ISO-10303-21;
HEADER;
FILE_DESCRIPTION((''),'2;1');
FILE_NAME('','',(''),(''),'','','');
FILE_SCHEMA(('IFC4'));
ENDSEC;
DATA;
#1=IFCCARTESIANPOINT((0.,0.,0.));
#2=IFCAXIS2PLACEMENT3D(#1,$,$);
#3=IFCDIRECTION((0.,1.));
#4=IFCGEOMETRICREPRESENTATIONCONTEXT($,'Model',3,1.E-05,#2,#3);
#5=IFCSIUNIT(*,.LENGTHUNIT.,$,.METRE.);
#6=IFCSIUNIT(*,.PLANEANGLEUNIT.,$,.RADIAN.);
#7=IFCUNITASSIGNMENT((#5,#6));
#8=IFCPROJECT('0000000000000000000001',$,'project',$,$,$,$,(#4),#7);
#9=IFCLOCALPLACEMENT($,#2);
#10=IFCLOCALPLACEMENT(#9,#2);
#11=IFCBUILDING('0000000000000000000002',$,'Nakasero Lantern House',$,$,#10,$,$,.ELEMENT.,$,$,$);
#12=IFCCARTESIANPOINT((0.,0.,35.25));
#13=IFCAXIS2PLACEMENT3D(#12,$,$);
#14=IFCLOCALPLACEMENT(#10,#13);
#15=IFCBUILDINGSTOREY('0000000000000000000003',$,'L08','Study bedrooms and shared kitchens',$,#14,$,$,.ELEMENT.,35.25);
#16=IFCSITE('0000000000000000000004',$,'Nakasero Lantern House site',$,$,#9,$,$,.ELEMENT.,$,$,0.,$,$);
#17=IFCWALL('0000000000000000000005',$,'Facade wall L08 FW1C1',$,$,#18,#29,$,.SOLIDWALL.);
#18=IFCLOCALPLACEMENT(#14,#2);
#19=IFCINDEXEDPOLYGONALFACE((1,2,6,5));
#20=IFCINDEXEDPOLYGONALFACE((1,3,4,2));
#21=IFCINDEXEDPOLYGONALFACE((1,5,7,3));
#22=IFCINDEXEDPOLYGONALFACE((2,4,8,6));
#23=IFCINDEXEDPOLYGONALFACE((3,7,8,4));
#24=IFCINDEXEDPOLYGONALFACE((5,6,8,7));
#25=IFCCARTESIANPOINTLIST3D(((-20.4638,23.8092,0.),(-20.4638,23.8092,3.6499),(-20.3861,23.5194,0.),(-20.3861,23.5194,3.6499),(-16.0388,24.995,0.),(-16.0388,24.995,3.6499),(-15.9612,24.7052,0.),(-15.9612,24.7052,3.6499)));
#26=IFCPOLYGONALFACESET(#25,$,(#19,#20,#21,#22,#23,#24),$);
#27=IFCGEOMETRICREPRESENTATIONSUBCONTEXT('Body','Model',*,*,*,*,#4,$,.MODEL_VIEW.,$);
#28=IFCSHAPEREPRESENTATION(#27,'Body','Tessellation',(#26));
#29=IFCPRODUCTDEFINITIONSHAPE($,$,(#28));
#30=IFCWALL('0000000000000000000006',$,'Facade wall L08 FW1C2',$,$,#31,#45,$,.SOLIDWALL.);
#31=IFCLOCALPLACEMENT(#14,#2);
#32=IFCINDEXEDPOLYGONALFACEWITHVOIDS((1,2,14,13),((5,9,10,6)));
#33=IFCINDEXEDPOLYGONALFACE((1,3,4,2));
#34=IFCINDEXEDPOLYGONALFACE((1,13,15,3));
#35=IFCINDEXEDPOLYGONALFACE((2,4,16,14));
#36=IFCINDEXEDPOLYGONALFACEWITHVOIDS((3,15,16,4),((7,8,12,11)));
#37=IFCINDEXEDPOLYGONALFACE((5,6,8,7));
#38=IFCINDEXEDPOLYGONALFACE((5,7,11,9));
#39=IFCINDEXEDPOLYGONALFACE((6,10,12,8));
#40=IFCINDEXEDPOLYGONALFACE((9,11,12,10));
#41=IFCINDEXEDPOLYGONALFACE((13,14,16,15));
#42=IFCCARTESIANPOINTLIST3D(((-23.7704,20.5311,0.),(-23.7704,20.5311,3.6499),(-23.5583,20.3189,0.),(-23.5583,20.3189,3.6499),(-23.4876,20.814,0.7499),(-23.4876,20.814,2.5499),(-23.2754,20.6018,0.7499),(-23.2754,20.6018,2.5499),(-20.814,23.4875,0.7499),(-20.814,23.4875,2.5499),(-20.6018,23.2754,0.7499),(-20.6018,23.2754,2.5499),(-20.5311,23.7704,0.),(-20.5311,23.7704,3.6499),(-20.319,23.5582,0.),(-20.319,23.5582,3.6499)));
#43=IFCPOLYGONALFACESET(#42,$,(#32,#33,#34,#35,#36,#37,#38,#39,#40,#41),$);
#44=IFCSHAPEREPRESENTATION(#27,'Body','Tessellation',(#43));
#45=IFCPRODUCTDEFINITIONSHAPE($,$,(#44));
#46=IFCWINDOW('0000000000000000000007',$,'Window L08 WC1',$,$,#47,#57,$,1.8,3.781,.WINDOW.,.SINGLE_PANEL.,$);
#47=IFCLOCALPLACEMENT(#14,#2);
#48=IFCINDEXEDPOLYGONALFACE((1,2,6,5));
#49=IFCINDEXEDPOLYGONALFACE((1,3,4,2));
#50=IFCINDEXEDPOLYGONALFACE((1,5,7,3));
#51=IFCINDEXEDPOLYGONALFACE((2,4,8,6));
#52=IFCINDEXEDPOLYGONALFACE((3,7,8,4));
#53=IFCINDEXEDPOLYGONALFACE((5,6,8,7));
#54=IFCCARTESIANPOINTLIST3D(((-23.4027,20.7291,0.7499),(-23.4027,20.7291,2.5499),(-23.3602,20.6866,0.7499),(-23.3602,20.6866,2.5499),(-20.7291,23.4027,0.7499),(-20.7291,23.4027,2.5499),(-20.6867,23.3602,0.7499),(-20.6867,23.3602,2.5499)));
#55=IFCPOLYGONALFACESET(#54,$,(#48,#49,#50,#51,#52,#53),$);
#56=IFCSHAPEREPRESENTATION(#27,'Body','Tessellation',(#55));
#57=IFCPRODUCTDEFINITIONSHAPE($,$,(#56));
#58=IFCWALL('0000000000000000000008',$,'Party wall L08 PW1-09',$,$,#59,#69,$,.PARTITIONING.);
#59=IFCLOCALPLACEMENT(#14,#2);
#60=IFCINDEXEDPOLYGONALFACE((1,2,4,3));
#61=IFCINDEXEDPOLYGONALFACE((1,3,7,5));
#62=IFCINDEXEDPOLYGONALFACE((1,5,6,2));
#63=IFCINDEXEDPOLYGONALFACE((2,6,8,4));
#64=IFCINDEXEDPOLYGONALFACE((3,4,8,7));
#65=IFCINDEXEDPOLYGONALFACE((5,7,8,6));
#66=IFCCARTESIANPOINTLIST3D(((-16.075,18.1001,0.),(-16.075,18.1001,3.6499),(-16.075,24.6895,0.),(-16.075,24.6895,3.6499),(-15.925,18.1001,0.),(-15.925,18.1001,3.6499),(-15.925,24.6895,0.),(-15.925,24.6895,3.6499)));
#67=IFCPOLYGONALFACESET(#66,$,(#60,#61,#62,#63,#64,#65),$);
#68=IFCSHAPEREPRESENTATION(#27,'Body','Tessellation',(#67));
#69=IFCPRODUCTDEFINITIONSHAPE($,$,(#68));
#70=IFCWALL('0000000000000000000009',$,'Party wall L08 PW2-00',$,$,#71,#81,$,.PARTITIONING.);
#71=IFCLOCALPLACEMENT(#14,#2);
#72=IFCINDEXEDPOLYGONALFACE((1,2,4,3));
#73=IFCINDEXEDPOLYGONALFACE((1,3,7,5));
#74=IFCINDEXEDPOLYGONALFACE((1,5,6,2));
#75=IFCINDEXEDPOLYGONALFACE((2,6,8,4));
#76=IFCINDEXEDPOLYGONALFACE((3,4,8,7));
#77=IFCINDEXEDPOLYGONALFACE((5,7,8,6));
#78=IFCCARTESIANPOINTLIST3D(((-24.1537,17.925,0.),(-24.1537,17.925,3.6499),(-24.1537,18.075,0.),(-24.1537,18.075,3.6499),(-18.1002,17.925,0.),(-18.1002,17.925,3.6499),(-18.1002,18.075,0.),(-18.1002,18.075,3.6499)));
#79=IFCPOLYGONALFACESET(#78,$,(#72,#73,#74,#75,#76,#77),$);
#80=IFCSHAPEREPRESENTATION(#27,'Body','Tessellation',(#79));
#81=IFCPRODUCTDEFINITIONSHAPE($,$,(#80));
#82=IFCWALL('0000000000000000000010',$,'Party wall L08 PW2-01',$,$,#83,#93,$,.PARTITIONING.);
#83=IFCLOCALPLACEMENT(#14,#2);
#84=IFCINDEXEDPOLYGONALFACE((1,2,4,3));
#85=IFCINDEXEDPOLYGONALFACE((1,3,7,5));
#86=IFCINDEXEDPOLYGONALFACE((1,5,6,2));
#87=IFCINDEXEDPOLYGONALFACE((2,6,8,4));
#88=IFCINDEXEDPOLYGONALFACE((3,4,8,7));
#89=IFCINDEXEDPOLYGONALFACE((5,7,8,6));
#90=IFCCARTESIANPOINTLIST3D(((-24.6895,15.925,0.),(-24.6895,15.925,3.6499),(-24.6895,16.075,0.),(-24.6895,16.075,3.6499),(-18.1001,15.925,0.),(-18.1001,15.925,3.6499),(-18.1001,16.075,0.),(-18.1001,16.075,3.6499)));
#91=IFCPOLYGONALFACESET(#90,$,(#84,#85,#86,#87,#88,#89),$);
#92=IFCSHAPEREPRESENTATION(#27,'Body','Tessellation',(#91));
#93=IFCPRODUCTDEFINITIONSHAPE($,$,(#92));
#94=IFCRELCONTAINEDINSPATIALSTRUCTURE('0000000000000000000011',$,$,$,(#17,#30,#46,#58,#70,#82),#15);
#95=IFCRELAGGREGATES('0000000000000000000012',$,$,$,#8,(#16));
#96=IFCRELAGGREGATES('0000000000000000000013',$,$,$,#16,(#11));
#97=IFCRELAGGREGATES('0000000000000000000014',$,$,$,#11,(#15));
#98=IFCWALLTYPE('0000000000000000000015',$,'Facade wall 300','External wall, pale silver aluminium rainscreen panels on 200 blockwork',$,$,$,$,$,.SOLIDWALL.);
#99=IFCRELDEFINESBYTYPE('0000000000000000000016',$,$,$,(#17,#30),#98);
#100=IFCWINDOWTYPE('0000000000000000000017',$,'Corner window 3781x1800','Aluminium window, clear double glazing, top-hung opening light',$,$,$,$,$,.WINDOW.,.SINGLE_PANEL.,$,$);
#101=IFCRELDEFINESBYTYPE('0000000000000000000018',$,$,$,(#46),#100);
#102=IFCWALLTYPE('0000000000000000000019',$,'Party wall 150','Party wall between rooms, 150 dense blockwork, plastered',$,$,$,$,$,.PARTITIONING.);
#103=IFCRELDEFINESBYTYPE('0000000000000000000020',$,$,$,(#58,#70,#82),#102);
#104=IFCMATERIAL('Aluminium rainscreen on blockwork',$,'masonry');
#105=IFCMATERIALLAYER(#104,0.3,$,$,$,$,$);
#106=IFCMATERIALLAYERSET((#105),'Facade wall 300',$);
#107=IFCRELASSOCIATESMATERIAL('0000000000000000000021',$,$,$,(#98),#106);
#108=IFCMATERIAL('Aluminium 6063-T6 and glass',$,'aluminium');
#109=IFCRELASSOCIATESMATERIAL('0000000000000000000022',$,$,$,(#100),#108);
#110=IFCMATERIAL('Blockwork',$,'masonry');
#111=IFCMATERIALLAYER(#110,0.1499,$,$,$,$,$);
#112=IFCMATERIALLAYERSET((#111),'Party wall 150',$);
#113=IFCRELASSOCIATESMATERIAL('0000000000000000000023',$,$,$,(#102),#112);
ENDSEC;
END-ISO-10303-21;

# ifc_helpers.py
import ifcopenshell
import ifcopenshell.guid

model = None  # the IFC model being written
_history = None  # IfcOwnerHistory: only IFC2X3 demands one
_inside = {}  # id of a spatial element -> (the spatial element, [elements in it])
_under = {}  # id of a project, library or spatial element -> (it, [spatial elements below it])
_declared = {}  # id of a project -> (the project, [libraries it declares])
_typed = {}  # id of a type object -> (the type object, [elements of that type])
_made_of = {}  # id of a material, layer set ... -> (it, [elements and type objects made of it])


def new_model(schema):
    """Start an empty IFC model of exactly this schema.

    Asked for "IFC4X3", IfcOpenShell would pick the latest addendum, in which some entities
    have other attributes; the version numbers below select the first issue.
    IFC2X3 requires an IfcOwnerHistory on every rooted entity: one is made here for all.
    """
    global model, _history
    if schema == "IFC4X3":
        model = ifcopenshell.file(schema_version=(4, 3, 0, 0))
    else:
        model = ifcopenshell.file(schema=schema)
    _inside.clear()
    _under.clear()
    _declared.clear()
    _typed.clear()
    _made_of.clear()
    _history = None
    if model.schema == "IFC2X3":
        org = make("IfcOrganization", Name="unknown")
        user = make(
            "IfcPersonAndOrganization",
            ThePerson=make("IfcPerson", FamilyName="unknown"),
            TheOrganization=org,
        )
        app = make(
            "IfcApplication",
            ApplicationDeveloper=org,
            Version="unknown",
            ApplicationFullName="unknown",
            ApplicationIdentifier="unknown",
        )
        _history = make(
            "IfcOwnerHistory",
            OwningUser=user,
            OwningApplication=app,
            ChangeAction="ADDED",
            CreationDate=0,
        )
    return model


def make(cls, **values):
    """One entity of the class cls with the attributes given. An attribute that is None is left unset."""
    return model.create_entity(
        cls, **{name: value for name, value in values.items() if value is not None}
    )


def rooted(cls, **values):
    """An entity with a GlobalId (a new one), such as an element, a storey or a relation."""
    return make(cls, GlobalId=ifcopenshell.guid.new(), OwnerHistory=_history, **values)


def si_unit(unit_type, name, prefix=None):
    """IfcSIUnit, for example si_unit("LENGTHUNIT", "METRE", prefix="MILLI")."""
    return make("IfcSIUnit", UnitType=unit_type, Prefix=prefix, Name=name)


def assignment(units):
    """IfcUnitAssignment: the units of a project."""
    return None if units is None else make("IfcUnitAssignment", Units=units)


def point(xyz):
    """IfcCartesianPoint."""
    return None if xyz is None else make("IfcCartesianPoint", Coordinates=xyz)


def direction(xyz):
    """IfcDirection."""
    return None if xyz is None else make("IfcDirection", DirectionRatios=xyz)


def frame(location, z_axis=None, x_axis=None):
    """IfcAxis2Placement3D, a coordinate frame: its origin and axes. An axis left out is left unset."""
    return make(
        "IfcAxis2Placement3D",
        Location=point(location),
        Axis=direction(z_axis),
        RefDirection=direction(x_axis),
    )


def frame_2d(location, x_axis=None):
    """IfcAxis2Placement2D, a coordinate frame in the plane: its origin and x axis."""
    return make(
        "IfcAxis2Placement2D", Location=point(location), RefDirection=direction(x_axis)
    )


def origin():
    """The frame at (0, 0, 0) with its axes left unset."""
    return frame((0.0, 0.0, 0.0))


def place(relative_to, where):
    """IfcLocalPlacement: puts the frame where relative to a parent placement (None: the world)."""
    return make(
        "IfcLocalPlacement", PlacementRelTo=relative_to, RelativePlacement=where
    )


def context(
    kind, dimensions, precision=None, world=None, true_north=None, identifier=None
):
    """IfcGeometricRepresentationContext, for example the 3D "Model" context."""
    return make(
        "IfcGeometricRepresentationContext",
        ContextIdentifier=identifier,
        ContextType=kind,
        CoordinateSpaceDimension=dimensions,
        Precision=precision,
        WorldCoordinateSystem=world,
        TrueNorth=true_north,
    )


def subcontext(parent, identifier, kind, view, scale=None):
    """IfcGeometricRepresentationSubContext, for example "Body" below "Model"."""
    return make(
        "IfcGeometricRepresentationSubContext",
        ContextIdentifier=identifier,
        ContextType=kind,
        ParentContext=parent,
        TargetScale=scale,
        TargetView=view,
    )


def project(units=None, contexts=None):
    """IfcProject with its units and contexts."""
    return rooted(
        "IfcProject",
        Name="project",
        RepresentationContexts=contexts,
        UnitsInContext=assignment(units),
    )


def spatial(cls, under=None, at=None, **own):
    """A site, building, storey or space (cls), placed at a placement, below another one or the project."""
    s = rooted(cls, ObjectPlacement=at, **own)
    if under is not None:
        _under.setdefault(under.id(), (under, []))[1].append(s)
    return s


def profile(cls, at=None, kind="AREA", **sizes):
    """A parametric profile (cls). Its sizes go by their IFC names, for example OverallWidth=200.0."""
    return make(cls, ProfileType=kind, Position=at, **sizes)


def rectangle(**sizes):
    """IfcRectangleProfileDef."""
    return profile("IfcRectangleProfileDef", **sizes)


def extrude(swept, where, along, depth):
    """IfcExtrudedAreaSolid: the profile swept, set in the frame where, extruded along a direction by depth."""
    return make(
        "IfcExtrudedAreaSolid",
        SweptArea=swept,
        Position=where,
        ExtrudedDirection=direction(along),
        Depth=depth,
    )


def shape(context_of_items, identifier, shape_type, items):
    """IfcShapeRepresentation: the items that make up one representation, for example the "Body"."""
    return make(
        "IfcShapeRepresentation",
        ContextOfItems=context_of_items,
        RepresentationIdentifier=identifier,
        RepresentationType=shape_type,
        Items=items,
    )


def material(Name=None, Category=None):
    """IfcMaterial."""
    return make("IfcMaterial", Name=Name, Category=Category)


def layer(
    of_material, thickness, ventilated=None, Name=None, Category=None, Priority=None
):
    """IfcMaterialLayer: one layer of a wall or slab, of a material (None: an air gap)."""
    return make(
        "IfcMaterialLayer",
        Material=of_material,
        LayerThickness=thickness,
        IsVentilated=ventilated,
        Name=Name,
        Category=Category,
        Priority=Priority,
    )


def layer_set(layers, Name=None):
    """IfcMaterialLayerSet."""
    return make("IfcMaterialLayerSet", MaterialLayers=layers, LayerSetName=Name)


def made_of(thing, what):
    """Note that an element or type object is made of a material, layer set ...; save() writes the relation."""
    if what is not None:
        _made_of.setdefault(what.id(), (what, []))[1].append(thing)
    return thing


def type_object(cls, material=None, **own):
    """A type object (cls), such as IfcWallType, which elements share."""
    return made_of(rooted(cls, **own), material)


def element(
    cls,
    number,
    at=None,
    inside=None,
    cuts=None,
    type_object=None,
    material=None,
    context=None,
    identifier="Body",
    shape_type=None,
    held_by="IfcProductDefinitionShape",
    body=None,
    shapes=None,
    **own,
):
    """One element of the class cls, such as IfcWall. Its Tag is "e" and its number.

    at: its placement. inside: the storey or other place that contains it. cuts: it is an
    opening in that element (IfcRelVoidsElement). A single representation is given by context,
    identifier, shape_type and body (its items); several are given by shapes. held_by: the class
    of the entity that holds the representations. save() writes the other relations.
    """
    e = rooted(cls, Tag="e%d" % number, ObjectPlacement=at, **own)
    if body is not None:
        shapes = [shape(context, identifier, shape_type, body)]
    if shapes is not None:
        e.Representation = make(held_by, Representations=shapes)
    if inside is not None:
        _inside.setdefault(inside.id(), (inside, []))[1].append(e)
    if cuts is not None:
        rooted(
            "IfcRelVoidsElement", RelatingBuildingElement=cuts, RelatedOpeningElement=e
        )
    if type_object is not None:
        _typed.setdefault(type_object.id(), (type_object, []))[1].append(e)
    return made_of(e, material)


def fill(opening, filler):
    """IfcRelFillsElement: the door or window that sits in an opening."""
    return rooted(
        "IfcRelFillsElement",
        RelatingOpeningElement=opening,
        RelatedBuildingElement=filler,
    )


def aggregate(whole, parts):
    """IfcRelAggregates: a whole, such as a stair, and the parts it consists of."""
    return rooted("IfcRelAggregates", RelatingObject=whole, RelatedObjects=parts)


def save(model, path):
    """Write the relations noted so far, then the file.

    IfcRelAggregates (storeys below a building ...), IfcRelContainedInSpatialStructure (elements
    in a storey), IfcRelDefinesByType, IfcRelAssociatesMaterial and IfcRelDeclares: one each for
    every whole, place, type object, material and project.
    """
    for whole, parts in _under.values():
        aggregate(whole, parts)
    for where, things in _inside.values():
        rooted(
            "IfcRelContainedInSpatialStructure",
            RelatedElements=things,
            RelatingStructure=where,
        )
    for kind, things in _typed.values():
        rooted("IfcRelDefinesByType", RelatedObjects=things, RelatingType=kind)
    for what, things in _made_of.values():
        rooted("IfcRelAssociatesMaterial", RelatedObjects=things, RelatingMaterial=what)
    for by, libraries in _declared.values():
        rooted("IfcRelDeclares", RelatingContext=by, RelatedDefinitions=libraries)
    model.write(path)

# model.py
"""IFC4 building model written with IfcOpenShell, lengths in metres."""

from ifc_helpers import new_model, si_unit, direction, frame, frame_2d, origin, place, context, subcontext, project, spatial, rectangle, extrude, material, layer, layer_set, type_object, element, fill, save


model = new_model("IFC4")

# Units and contexts
model_context = context("Model", 3, precision=1e-05, world=origin(), true_north=direction((0.0, 1.0)))
body_context = subcontext(model_context, "Body", "Model", "MODEL_VIEW")
ifc_project = project(units=[si_unit("LENGTHUNIT", "METRE"), si_unit("PLANEANGLEUNIT", "RADIAN")], contexts=[model_context])

# Site, building, storey
site_placement = place(None, origin())
site = spatial("IfcSite", under=ifc_project, at=site_placement, Name="Nakasero Lantern House site", CompositionType="ELEMENT", RefElevation=0.0)
building_placement = place(site_placement, origin())
building = spatial("IfcBuilding", under=site, at=building_placement, Name="Nakasero Lantern House", CompositionType="ELEMENT")
storey_placement = place(building_placement, frame((0.0, 0.0, 35.25)))
storey = spatial("IfcBuildingStorey", under=building, at=storey_placement, Name="L08", Description="Study bedrooms and shared kitchens", CompositionType="ELEMENT", Elevation=35.25)

# Wall
ifc_material_1 = material(Name="Aluminium rainscreen on blockwork", Category="masonry")
ifc_layer_1 = layer(ifc_material_1, 0.3)
ifc_layer_set_1 = layer_set([ifc_layer_1], Name="Facade wall 300")
wall_type_1 = type_object("IfcWallType", Name="Facade wall 300", Description="External wall, pale silver aluminium rainscreen panels on 200 blockwork", PredefinedType="SOLIDWALL", material=ifc_layer_set_1)
wall_1_placement = place(storey_placement, frame((-16.0, 24.8501, 0.0), z_axis=(0.0, 0.0, 1.0), x_axis=(-0.96592, -0.25884, 0.0)))
element("IfcWall", 1, at=wall_1_placement, inside=storey, type_object=wall_type_1, Name="Facade wall L08 FW1C1", PredefinedType="SOLIDWALL", context=body_context, shape_type="SweptSolid", body=[
    extrude(rectangle(XDim=4.5811, YDim=0.3, at=frame_2d((2.2905, 0.0))), origin(), (0.0, 0.0, 1.0), 3.6499),
])

# Wall, opening, window
wall_2_placement = place(storey_placement, frame((-20.425, 23.6643, 0.0), z_axis=(0.0, 0.0, 1.0), x_axis=(-0.707107, -0.707107, 0.0)))
wall_2 = element("IfcWall", 2, at=wall_2_placement, inside=storey, type_object=wall_type_1, Name="Facade wall L08 FW1C2", PredefinedType="SOLIDWALL", context=body_context, shape_type="SweptSolid", body=[
    extrude(rectangle(XDim=4.5811, YDim=0.3, at=frame_2d((2.2905, 0.0))), origin(), (0.0, 0.0, 1.0), 3.6499),
])
opening_1_placement = place(wall_2_placement, frame((0.3999, 0.0, 0.75)))
opening_1 = element("IfcOpeningElement", 3, at=opening_1_placement, cuts=wall_2, PredefinedType="OPENING", context=body_context, shape_type="SweptSolid", body=[
    extrude(rectangle(XDim=3.781, YDim=1.8, at=frame_2d((1.8906, 0.8999))), frame((0.0, 0.1699, 0.0), z_axis=(0.0, -1.0, 0.0), x_axis=(1.0, 0.0, 0.0)), (0.0, 0.0, 1.0), 0.3401),
])
ifc_material_2 = material(Name="Aluminium 6063-T6 and glass", Category="aluminium")
window_type = type_object("IfcWindowType", Name="Corner window 3781x1800", Description="Aluminium window, clear double glazing, top-hung opening light", PartitioningType="SINGLE_PANEL", PredefinedType="WINDOW", material=ifc_material_2)
window_placement = place(opening_1_placement, origin())
window = element("IfcWindow", 4, at=window_placement, inside=storey, type_object=window_type, Name="Window L08 WC1", OverallHeight=1.8, OverallWidth=3.781, PartitioningType="SINGLE_PANEL", PredefinedType="WINDOW", context=body_context, shape_type="SweptSolid", body=[
    extrude(rectangle(XDim=3.781, YDim=1.8, at=frame_2d((1.8906, 0.8999))), frame((0.0, 0.03, 0.0), z_axis=(0.0, -1.0, 0.0), x_axis=(1.0, 0.0, 0.0)), (0.0, 0.0, 1.0), 0.0601),
])
fill(opening_1, window)

# Walls
ifc_material_3 = material(Name="Blockwork", Category="masonry")
ifc_layer_2 = layer(ifc_material_3, 0.1499)
ifc_layer_set_2 = layer_set([ifc_layer_2], Name="Party wall 150")
wall_type_2 = type_object("IfcWallType", Name="Party wall 150", Description="Party wall between rooms, 150 dense blockwork, plastered", PredefinedType="PARTITIONING", material=ifc_layer_set_2)
wall_3_placement = place(storey_placement, frame((-16.0, 18.1001, 0.0), z_axis=(0.0, 0.0, 1.0), x_axis=(0.0, 1.0, 0.0)))
element("IfcWall", 5, at=wall_3_placement, inside=storey, type_object=wall_type_2, Name="Party wall L08 PW1-09", PredefinedType="PARTITIONING", context=body_context, shape_type="SweptSolid", body=[
    extrude(rectangle(XDim=6.5894, YDim=0.1499, at=frame_2d((3.2947, 0.0))), origin(), (0.0, 0.0, 1.0), 3.6499),
])
wall_4_placement = place(storey_placement, frame((-18.1001, 18.0, 0.0), z_axis=(0.0, 0.0, 1.0), x_axis=(-1.0, 0.0, 0.0)))
element("IfcWall", 6, at=wall_4_placement, inside=storey, type_object=wall_type_2, Name="Party wall L08 PW2-00", PredefinedType="PARTITIONING", context=body_context, shape_type="SweptSolid", body=[
    extrude(rectangle(XDim=6.0535, YDim=0.1499, at=frame_2d((3.0269, 0.0))), origin(), (0.0, 0.0, 1.0), 3.6499),
])
wall_5_placement = place(storey_placement, frame((-18.1001, 16.0, 0.0), z_axis=(0.0, 0.0, 1.0), x_axis=(-1.0, 0.0, 0.0)))
element("IfcWall", 7, at=wall_5_placement, inside=storey, type_object=wall_type_2, Name="Party wall L08 PW2-01", PredefinedType="PARTITIONING", context=body_context, shape_type="SweptSolid", body=[
    extrude(rectangle(XDim=6.5894, YDim=0.1499, at=frame_2d((3.2947, 0.0))), origin(), (0.0, 0.0, 1.0), 3.6499),
])

save(model, "model.ifc")
